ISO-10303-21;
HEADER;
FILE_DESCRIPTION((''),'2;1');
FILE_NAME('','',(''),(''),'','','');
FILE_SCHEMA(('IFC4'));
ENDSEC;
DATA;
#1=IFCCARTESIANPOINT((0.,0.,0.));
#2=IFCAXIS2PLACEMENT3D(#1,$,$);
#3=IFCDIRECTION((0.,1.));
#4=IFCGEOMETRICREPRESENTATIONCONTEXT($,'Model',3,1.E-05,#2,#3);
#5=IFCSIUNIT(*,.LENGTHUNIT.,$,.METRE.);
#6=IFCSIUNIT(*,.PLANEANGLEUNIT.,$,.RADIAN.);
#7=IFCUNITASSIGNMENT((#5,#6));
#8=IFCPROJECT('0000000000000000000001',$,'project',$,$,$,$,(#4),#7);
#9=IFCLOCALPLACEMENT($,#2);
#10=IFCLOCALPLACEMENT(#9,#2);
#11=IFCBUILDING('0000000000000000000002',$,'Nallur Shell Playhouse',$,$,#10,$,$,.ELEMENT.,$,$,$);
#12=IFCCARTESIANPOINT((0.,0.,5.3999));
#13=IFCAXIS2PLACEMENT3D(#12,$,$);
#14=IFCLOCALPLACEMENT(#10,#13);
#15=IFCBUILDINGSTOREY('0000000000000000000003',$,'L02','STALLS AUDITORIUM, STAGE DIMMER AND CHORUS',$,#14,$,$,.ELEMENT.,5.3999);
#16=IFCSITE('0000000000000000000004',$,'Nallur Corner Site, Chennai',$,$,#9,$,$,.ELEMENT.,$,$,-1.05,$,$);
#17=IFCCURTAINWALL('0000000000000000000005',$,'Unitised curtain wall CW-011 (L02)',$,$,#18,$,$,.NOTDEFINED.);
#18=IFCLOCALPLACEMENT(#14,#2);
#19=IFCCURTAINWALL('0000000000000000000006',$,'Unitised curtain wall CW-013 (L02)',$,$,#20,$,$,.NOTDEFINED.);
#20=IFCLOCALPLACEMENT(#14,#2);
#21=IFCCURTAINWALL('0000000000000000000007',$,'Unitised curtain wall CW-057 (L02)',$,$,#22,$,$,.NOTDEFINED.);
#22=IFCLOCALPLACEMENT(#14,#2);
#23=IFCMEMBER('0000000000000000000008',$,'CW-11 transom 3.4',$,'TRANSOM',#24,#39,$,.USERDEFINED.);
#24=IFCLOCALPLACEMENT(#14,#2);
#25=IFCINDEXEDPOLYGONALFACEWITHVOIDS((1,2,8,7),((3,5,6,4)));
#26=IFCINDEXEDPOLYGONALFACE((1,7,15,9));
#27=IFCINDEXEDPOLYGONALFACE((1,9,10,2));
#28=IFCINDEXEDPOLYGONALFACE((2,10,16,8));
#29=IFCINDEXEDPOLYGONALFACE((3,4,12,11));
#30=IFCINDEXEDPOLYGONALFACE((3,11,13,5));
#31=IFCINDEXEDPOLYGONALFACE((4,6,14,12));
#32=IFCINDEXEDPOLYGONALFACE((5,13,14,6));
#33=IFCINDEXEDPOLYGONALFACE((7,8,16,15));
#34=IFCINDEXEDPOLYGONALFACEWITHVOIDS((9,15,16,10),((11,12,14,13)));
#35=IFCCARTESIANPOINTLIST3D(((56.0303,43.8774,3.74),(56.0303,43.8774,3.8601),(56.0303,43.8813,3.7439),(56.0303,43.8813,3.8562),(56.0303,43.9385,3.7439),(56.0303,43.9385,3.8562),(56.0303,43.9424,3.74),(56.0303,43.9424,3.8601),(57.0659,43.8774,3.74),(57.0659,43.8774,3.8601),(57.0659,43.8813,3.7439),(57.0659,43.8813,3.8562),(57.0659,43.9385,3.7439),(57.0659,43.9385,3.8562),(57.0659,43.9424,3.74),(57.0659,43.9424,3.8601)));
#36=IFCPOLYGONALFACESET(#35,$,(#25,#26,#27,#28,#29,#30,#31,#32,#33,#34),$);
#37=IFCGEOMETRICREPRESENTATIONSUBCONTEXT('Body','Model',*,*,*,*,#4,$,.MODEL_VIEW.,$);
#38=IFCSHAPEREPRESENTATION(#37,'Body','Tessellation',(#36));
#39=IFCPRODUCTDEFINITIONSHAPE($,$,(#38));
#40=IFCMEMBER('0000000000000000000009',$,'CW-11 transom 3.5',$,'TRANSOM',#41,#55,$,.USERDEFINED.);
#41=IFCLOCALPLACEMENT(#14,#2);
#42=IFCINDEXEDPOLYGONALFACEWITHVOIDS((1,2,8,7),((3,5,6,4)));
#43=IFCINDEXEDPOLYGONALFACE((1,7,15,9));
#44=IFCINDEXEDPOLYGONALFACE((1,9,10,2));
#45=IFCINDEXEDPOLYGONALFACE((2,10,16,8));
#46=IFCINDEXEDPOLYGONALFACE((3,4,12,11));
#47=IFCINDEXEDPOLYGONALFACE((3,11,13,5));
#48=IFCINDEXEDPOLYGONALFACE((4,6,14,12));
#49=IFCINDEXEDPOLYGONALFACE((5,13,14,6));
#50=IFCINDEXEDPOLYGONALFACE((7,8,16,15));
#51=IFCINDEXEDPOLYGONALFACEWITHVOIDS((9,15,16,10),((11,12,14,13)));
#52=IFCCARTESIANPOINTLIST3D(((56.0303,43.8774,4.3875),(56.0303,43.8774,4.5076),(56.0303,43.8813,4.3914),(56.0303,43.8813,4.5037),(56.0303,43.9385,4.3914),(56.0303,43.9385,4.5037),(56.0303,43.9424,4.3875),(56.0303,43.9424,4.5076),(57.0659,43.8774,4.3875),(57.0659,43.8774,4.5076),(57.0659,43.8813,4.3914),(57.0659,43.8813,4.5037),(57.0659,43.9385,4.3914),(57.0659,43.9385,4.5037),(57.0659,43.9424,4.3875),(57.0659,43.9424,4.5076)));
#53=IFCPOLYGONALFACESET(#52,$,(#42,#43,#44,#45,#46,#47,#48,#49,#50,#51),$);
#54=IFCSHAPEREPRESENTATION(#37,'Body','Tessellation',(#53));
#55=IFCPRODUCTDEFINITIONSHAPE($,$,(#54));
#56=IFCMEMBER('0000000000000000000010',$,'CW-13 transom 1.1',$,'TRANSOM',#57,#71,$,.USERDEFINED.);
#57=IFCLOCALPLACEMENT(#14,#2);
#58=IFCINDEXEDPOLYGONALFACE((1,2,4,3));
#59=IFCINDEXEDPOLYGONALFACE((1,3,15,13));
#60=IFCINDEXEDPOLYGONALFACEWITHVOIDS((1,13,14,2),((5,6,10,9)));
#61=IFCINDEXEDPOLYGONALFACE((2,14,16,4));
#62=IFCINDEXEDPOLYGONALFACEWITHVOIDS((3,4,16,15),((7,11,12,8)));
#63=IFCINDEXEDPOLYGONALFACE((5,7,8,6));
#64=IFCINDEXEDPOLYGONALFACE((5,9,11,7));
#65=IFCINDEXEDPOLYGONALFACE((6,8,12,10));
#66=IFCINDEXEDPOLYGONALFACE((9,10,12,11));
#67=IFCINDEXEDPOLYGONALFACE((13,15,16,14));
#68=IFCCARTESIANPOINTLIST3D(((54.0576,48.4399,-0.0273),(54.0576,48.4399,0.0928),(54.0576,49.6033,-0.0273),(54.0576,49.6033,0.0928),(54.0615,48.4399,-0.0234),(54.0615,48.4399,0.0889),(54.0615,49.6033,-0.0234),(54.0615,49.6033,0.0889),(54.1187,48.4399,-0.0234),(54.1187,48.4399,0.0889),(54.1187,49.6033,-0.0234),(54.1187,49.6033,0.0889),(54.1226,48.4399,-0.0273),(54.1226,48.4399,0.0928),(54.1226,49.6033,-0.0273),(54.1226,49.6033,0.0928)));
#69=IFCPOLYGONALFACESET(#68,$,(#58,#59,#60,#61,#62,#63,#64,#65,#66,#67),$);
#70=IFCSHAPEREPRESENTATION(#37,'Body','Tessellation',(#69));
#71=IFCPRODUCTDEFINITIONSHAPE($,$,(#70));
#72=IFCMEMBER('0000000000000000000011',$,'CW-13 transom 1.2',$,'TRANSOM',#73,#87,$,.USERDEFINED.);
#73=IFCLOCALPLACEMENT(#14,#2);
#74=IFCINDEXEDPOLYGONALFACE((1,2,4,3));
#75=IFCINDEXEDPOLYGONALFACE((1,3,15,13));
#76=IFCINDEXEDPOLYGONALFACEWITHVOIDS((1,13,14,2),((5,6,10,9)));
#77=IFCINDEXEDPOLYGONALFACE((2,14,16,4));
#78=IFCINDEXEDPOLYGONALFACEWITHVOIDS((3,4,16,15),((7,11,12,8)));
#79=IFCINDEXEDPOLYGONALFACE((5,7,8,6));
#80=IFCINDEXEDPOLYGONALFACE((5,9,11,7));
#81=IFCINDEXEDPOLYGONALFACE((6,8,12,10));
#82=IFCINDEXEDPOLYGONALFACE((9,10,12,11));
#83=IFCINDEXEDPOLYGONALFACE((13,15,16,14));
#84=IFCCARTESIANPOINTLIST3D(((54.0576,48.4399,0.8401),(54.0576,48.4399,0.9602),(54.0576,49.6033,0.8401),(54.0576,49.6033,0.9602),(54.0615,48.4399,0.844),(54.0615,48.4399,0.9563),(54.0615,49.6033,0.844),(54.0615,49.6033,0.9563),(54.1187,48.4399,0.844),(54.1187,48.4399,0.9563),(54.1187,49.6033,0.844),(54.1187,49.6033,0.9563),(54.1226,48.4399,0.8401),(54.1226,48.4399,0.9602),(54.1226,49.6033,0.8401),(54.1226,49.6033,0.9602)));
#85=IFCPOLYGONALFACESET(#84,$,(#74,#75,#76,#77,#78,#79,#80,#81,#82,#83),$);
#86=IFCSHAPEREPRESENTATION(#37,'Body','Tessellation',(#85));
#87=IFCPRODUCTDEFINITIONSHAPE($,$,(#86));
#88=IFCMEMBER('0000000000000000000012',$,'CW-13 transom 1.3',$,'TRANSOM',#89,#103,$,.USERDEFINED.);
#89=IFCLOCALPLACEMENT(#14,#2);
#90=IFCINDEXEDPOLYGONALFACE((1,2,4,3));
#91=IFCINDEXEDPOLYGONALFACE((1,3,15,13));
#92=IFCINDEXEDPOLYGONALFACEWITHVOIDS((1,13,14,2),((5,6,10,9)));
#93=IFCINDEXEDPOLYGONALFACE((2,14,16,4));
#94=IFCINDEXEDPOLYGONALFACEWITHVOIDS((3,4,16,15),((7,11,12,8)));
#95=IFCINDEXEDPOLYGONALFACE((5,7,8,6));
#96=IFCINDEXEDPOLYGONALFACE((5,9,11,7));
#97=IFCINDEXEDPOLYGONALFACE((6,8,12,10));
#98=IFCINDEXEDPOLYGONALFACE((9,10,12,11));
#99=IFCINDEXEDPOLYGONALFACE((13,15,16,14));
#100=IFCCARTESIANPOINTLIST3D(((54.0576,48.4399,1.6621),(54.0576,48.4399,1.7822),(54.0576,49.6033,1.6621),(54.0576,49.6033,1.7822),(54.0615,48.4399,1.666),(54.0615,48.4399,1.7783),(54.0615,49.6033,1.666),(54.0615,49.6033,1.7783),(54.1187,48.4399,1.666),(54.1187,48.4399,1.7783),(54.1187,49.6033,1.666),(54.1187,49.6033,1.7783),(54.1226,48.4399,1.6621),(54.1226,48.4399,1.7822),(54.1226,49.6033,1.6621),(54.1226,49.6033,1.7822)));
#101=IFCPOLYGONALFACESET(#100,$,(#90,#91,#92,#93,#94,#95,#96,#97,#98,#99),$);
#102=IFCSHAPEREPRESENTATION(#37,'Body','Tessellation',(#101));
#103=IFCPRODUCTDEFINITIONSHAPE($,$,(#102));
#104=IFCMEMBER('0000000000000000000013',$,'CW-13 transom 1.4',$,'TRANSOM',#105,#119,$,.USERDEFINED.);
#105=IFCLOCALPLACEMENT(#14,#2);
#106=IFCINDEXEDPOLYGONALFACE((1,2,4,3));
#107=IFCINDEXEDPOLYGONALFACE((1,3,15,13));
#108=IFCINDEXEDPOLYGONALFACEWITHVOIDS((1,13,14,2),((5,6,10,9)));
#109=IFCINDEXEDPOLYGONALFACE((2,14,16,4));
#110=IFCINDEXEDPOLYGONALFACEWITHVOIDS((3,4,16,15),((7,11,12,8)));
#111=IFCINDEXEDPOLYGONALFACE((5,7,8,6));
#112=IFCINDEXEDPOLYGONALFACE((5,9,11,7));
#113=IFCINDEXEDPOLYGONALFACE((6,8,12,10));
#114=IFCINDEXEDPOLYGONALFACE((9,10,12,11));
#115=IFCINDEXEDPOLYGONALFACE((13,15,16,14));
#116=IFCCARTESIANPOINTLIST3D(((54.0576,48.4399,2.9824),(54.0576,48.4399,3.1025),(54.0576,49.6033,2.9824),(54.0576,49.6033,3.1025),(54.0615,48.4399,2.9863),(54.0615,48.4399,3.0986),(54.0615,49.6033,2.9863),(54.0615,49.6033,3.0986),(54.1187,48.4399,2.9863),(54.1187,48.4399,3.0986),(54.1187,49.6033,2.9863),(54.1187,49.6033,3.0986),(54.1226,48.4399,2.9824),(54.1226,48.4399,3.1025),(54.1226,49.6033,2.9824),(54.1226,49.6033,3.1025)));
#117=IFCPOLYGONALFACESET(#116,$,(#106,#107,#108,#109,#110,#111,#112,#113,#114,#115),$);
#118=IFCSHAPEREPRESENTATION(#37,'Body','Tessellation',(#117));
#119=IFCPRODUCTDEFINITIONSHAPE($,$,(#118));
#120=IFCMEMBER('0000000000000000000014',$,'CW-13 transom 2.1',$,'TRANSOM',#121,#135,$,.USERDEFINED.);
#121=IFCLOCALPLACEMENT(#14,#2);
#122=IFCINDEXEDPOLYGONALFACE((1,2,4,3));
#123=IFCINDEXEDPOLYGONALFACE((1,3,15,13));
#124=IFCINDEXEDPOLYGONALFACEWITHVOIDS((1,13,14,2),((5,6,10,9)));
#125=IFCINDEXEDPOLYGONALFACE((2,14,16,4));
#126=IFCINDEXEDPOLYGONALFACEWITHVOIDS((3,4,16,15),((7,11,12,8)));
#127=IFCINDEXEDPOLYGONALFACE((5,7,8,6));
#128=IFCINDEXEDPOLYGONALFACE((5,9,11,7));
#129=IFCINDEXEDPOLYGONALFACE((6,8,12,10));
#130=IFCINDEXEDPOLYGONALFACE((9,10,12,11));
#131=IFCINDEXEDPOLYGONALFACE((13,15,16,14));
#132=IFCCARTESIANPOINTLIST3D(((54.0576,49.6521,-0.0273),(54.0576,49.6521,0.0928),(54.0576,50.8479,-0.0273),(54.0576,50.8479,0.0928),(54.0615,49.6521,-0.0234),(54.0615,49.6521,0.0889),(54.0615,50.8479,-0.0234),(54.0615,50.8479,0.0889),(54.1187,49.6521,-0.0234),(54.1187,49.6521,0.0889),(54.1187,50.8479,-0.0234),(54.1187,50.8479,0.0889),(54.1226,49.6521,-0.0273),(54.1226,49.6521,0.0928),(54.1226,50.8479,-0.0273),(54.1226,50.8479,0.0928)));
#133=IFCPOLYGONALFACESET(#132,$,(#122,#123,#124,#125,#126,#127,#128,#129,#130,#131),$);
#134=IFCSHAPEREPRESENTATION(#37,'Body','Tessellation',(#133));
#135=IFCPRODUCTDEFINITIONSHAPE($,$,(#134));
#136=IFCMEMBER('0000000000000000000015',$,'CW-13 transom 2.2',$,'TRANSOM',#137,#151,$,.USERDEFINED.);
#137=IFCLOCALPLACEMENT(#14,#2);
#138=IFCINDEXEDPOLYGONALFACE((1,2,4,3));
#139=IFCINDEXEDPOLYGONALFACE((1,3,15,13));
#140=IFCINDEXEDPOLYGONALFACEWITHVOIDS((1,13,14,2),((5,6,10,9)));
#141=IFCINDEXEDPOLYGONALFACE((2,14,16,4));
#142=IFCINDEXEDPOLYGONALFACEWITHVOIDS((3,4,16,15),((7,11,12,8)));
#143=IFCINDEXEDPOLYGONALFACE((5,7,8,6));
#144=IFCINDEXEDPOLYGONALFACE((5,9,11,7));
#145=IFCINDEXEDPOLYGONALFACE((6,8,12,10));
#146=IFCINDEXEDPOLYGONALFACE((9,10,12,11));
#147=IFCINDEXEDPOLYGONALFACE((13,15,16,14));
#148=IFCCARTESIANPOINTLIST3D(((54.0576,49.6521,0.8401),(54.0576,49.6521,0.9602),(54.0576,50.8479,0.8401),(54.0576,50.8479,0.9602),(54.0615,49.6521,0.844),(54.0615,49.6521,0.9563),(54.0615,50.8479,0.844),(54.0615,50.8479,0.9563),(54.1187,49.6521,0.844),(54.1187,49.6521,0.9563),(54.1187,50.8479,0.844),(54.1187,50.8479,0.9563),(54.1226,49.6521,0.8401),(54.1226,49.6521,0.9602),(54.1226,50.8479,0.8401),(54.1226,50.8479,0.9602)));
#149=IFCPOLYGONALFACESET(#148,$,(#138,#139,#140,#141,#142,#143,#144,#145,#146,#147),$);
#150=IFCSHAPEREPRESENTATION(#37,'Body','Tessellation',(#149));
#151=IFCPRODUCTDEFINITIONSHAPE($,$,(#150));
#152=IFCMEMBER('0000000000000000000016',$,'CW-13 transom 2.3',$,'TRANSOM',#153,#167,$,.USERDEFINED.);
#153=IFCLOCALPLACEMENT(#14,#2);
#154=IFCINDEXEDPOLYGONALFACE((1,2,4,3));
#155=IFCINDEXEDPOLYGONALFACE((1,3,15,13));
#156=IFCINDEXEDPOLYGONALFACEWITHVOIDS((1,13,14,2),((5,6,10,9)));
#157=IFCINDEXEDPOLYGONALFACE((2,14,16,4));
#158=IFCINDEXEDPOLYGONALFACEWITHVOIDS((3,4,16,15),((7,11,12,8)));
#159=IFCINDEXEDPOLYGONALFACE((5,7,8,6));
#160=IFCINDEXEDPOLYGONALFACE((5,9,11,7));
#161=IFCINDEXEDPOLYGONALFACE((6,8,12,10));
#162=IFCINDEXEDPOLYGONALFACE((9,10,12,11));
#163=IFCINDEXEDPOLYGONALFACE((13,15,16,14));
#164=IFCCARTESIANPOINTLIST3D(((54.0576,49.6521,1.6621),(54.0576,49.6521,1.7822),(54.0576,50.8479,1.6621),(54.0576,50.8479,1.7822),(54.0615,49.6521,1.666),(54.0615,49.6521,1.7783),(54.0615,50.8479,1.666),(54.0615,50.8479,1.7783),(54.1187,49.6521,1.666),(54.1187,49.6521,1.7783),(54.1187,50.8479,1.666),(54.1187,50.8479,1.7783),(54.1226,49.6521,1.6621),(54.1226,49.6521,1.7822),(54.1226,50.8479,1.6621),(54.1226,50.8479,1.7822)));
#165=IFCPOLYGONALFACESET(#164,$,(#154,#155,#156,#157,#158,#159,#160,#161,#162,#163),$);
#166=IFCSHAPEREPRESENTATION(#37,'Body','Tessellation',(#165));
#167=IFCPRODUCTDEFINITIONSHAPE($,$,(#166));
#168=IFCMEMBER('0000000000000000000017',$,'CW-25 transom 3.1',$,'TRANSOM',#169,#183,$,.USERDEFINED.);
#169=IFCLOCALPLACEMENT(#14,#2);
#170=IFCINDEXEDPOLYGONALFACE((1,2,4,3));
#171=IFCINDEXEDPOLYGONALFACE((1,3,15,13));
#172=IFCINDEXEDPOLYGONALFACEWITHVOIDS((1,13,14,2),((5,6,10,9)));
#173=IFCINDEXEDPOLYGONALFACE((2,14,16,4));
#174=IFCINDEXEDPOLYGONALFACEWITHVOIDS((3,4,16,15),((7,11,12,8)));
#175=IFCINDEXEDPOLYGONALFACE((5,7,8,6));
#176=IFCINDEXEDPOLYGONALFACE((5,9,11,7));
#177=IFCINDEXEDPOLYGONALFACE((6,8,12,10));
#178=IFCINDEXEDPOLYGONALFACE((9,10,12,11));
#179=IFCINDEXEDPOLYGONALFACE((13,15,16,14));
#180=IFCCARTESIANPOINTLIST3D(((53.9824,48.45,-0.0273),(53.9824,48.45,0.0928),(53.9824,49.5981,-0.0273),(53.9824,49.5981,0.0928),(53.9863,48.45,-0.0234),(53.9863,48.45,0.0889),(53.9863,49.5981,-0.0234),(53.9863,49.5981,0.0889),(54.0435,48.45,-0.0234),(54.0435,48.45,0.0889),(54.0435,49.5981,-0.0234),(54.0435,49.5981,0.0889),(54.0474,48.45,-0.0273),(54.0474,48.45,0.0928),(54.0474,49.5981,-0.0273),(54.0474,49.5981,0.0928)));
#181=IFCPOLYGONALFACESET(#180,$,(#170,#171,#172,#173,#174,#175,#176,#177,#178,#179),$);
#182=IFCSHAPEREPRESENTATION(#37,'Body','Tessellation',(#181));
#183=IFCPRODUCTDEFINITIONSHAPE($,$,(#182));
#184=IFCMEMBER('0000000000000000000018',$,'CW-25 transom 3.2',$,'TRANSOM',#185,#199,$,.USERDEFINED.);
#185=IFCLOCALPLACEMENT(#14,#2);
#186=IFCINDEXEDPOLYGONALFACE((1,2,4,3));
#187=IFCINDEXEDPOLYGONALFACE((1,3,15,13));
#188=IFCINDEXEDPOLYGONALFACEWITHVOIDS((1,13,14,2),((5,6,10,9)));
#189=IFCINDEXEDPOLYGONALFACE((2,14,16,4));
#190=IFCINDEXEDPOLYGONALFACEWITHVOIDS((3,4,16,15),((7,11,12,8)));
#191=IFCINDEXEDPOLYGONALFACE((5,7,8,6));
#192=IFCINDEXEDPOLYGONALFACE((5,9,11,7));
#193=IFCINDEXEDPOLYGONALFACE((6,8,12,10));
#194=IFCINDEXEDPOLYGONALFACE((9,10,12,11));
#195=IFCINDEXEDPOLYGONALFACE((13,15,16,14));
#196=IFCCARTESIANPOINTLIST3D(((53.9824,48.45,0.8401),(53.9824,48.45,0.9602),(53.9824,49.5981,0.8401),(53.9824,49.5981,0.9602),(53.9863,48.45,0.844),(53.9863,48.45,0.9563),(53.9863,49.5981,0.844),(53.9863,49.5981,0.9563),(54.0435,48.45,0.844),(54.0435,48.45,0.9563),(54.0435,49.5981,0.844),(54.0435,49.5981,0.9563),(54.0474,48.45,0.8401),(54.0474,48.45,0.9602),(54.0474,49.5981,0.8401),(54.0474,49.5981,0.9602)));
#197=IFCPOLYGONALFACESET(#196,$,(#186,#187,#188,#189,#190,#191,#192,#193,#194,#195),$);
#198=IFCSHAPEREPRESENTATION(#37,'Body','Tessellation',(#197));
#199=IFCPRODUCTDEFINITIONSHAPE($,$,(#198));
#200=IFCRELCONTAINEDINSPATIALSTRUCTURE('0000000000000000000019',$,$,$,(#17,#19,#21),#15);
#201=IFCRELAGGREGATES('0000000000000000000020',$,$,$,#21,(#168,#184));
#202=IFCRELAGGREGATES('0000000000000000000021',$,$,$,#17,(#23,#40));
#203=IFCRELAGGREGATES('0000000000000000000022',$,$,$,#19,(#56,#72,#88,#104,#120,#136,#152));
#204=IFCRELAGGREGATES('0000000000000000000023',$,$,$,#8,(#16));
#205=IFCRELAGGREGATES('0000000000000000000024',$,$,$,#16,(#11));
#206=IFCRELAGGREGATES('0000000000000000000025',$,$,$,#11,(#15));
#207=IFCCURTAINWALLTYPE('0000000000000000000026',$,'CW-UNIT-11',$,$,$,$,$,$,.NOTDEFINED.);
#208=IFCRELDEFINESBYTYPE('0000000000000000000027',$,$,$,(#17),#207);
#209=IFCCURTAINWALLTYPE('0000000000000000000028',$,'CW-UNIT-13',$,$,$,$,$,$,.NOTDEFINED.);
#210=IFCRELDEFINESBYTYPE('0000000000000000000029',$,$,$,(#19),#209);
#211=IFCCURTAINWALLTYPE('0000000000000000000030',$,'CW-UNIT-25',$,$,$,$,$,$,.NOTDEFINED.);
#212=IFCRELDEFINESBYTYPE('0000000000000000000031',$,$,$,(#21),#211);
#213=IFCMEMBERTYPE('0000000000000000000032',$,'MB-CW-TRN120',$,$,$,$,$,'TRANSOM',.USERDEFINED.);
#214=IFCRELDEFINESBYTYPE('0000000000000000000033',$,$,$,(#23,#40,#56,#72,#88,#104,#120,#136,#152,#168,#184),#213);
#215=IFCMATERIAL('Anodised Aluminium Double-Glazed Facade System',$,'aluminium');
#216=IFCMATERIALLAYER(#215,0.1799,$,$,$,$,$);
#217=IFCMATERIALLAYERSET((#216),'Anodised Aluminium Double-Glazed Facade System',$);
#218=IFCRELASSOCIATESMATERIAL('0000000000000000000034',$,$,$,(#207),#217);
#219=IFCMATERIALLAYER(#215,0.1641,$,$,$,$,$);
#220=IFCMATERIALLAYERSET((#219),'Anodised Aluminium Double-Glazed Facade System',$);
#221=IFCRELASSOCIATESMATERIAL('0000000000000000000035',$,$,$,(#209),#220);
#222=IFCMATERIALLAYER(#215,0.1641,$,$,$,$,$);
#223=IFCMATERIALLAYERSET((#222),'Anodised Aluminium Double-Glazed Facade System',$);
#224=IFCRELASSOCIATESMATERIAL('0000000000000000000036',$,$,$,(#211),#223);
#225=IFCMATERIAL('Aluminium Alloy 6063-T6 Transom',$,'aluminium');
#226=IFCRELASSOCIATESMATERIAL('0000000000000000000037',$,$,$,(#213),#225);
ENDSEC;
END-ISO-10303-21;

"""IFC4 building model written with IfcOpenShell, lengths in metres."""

from ifc_helpers import new_model, si_unit, direction, frame, origin, origin_2d, place, context, subcontext, project, spatial, hollow_rectangle, extrude, material, layer, layer_set, material_profile, profile_set, type_object, element, aggregate, save


model = new_model("IFC4")

# Units and contexts
model_context = context("Model", 3, precision=1e-05, world=origin(), true_north=direction((0.0, 1.0)))
body_context = subcontext(model_context, "Body", "Model", "MODEL_VIEW")
ifc_project = project(units=[si_unit("LENGTHUNIT", "METRE"), si_unit("PLANEANGLEUNIT", "RADIAN")], contexts=[model_context])

# Site, building, storey
site_placement = place(None, origin())
site = spatial("IfcSite", under=ifc_project, at=site_placement, Name="Nallur Corner Site, Chennai", CompositionType="ELEMENT", RefElevation=-1.05)
building_placement = place(site_placement, origin())
building = spatial("IfcBuilding", under=site, at=building_placement, Name="Nallur Shell Playhouse", CompositionType="ELEMENT")
storey_placement = place(building_placement, frame((0.0, 0.0, 5.3999)))
storey = spatial("IfcBuildingStorey", under=building, at=storey_placement, Name="L02", Description="STALLS AUDITORIUM, STAGE DIMMER AND CHORUS", CompositionType="ELEMENT", Elevation=5.3999)

# Curtain wall
ifc_material_1 = material(Name="Anodised Aluminium Double-Glazed Facade System", Category="aluminium")
ifc_layer_1 = layer(ifc_material_1, 0.1799)
ifc_layer_set_1 = layer_set([ifc_layer_1], Name="Anodised Aluminium Double-Glazed Facade System")
curtain_wall_type_1 = type_object("IfcCurtainWallType", Name="CW-UNIT-11", PredefinedType="NOTDEFINED", material=ifc_layer_set_1)
curtain_wall_1_placement = place(storey_placement, origin())
curtain_wall_1 = element("IfcCurtainWall", 1, at=curtain_wall_1_placement, inside=storey, type_object=curtain_wall_type_1, Name="Unitised curtain wall CW-011 (L02)", PredefinedType="NOTDEFINED")

# Curtain wall
ifc_layer_2 = layer(ifc_material_1, 0.1641)
ifc_layer_set_2 = layer_set([ifc_layer_2], Name="Anodised Aluminium Double-Glazed Facade System")
curtain_wall_type_2 = type_object("IfcCurtainWallType", Name="CW-UNIT-13", PredefinedType="NOTDEFINED", material=ifc_layer_set_2)
curtain_wall_2_placement = place(storey_placement, origin())
curtain_wall_2 = element("IfcCurtainWall", 2, at=curtain_wall_2_placement, inside=storey, type_object=curtain_wall_type_2, Name="Unitised curtain wall CW-013 (L02)", PredefinedType="NOTDEFINED")

# Curtain wall
ifc_layer_3 = layer(ifc_material_1, 0.1641)
ifc_layer_set_3 = layer_set([ifc_layer_3], Name="Anodised Aluminium Double-Glazed Facade System")
curtain_wall_type_3 = type_object("IfcCurtainWallType", Name="CW-UNIT-25", PredefinedType="NOTDEFINED", material=ifc_layer_set_3)
curtain_wall_3_placement = place(storey_placement, origin())
curtain_wall_3 = element("IfcCurtainWall", 3, at=curtain_wall_3_placement, inside=storey, type_object=curtain_wall_type_3, Name="Unitised curtain wall CW-057 (L02)", PredefinedType="NOTDEFINED")

# Members
ifc_material_2 = material(Name="Aluminium Alloy 6063-T6 Transom", Category="aluminium")
ifc_material_profile_1 = material_profile(ifc_material_2, hollow_rectangle(XDim=0.0649, YDim=0.1201, WallThickness=0.0039, at=origin_2d()), Name="ALU 65x120x4")
ifc_profile_set_1 = profile_set([ifc_material_profile_1], Name="Aluminium Alloy 6063-T6 Transom")
member_type_1 = type_object("IfcMemberType", Name="MB-CW-TRN120", ElementType="TRANSOM", PredefinedType="USERDEFINED", material=ifc_profile_set_1)
member_1_placement = place(storey_placement, frame((56.0303, 43.9099, 3.8), z_axis=(1.0, 0.0, 0.0), x_axis=(0.0, 1.0, 0.0)))
member_1 = element("IfcMember", 4, at=member_1_placement, type_object=member_type_1, Name="CW-11 transom 3.4", ObjectType="TRANSOM", PredefinedType="USERDEFINED", context=body_context, shape_type="SweptSolid", body=[
    extrude(hollow_rectangle(XDim=0.0649, YDim=0.1201, WallThickness=0.0039, at=origin_2d()), origin(), (0.0, 0.0, 1.0), 1.0356),
])
member_2_placement = place(storey_placement, frame((56.0303, 43.9099, 4.4475), z_axis=(1.0, 0.0, 0.0), x_axis=(0.0, 1.0, 0.0)))
member_2 = element("IfcMember", 5, at=member_2_placement, type_object=member_type_1, Name="CW-11 transom 3.5", ObjectType="TRANSOM", PredefinedType="USERDEFINED", context=body_context, shape_type="SweptSolid", body=[
    extrude(hollow_rectangle(XDim=0.0649, YDim=0.1201, WallThickness=0.0039, at=origin_2d()), origin(), (0.0, 0.0, 1.0), 1.0356),
])
member_3_placement = place(storey_placement, frame((54.0901, 48.4399, 0.0327), z_axis=(0.0, 1.0, 0.0), x_axis=(-1.0, 0.0, 0.0)))
member_3 = element("IfcMember", 6, at=member_3_placement, type_object=member_type_1, Name="CW-13 transom 1.1", ObjectType="TRANSOM", PredefinedType="USERDEFINED", context=body_context, shape_type="SweptSolid", body=[
    extrude(hollow_rectangle(XDim=0.0649, YDim=0.1201, WallThickness=0.0039, at=origin_2d()), origin(), (0.0, 0.0, 1.0), 1.1633),
])
member_4_placement = place(storey_placement, frame((54.0901, 48.4399, 0.9001), z_axis=(0.0, 1.0, 0.0), x_axis=(-1.0, 0.0, 0.0)))
member_4 = element("IfcMember", 7, at=member_4_placement, type_object=member_type_1, Name="CW-13 transom 1.2", ObjectType="TRANSOM", PredefinedType="USERDEFINED", context=body_context, shape_type="SweptSolid", body=[
    extrude(hollow_rectangle(XDim=0.0649, YDim=0.1201, WallThickness=0.0039, at=origin_2d()), origin(), (0.0, 0.0, 1.0), 1.1633),
])
member_5_placement = place(storey_placement, frame((54.0901, 48.4399, 1.7222), z_axis=(0.0, 1.0, 0.0), x_axis=(-1.0, 0.0, 0.0)))
member_5 = element("IfcMember", 8, at=member_5_placement, type_object=member_type_1, Name="CW-13 transom 1.3", ObjectType="TRANSOM", PredefinedType="USERDEFINED", context=body_context, shape_type="SweptSolid", body=[
    extrude(hollow_rectangle(XDim=0.0649, YDim=0.1201, WallThickness=0.0039, at=origin_2d()), origin(), (0.0, 0.0, 1.0), 1.1633),
])
member_6_placement = place(storey_placement, frame((54.0901, 48.4399, 3.0425), z_axis=(0.0, 1.0, 0.0), x_axis=(-1.0, 0.0, 0.0)))
member_6 = element("IfcMember", 9, at=member_6_placement, type_object=member_type_1, Name="CW-13 transom 1.4", ObjectType="TRANSOM", PredefinedType="USERDEFINED", context=body_context, shape_type="SweptSolid", body=[
    extrude(hollow_rectangle(XDim=0.0649, YDim=0.1201, WallThickness=0.0039, at=origin_2d()), origin(), (0.0, 0.0, 1.0), 1.1633),
])
member_7_placement = place(storey_placement, frame((54.0901, 49.6521, 0.0327), z_axis=(0.0, 1.0, 0.0), x_axis=(-1.0, 0.0, 0.0)))
member_7 = element("IfcMember", 10, at=member_7_placement, type_object=member_type_1, Name="CW-13 transom 2.1", ObjectType="TRANSOM", PredefinedType="USERDEFINED", context=body_context, shape_type="SweptSolid", body=[
    extrude(hollow_rectangle(XDim=0.0649, YDim=0.1201, WallThickness=0.0039, at=origin_2d()), origin(), (0.0, 0.0, 1.0), 1.1958),
])
member_8_placement = place(storey_placement, frame((54.0901, 49.6521, 0.9001), z_axis=(0.0, 1.0, 0.0), x_axis=(-1.0, 0.0, 0.0)))
member_8 = element("IfcMember", 11, at=member_8_placement, type_object=member_type_1, Name="CW-13 transom 2.2", ObjectType="TRANSOM", PredefinedType="USERDEFINED", context=body_context, shape_type="SweptSolid", body=[
    extrude(hollow_rectangle(XDim=0.0649, YDim=0.1201, WallThickness=0.0039, at=origin_2d()), origin(), (0.0, 0.0, 1.0), 1.1958),
])
member_9_placement = place(storey_placement, frame((54.0901, 49.6521, 1.7222), z_axis=(0.0, 1.0, 0.0), x_axis=(-1.0, 0.0, 0.0)))
member_9 = element("IfcMember", 12, at=member_9_placement, type_object=member_type_1, Name="CW-13 transom 2.3", ObjectType="TRANSOM", PredefinedType="USERDEFINED", context=body_context, shape_type="SweptSolid", body=[
    extrude(hollow_rectangle(XDim=0.0649, YDim=0.1201, WallThickness=0.0039, at=origin_2d()), origin(), (0.0, 0.0, 1.0), 1.1958),
])
member_10_placement = place(storey_placement, frame((54.0149, 49.5981, 0.0327), z_axis=(0.0, -1.0, 0.0), x_axis=(1.0, 0.0, 0.0)))
member_10 = element("IfcMember", 13, at=member_10_placement, type_object=member_type_1, Name="CW-25 transom 3.1", ObjectType="TRANSOM", PredefinedType="USERDEFINED", context=body_context, shape_type="SweptSolid", body=[
    extrude(hollow_rectangle(XDim=0.0649, YDim=0.1201, WallThickness=0.0039, at=origin_2d()), origin(), (0.0, 0.0, 1.0), 1.1482),
])
member_11_placement = place(storey_placement, frame((54.0149, 49.5981, 0.9001), z_axis=(0.0, -1.0, 0.0), x_axis=(1.0, 0.0, 0.0)))
member_11 = element("IfcMember", 14, at=member_11_placement, type_object=member_type_1, Name="CW-25 transom 3.2", ObjectType="TRANSOM", PredefinedType="USERDEFINED", context=body_context, shape_type="SweptSolid", body=[
    extrude(hollow_rectangle(XDim=0.0649, YDim=0.1201, WallThickness=0.0039, at=origin_2d()), origin(), (0.0, 0.0, 1.0), 1.1482),
])

aggregate(curtain_wall_3, [member_10, member_11])
aggregate(curtain_wall_1, [member_1, member_2])
aggregate(curtain_wall_2, [member_3, member_4, member_5, member_6, member_7, member_8, member_9])

save(model, "model.ifc")
